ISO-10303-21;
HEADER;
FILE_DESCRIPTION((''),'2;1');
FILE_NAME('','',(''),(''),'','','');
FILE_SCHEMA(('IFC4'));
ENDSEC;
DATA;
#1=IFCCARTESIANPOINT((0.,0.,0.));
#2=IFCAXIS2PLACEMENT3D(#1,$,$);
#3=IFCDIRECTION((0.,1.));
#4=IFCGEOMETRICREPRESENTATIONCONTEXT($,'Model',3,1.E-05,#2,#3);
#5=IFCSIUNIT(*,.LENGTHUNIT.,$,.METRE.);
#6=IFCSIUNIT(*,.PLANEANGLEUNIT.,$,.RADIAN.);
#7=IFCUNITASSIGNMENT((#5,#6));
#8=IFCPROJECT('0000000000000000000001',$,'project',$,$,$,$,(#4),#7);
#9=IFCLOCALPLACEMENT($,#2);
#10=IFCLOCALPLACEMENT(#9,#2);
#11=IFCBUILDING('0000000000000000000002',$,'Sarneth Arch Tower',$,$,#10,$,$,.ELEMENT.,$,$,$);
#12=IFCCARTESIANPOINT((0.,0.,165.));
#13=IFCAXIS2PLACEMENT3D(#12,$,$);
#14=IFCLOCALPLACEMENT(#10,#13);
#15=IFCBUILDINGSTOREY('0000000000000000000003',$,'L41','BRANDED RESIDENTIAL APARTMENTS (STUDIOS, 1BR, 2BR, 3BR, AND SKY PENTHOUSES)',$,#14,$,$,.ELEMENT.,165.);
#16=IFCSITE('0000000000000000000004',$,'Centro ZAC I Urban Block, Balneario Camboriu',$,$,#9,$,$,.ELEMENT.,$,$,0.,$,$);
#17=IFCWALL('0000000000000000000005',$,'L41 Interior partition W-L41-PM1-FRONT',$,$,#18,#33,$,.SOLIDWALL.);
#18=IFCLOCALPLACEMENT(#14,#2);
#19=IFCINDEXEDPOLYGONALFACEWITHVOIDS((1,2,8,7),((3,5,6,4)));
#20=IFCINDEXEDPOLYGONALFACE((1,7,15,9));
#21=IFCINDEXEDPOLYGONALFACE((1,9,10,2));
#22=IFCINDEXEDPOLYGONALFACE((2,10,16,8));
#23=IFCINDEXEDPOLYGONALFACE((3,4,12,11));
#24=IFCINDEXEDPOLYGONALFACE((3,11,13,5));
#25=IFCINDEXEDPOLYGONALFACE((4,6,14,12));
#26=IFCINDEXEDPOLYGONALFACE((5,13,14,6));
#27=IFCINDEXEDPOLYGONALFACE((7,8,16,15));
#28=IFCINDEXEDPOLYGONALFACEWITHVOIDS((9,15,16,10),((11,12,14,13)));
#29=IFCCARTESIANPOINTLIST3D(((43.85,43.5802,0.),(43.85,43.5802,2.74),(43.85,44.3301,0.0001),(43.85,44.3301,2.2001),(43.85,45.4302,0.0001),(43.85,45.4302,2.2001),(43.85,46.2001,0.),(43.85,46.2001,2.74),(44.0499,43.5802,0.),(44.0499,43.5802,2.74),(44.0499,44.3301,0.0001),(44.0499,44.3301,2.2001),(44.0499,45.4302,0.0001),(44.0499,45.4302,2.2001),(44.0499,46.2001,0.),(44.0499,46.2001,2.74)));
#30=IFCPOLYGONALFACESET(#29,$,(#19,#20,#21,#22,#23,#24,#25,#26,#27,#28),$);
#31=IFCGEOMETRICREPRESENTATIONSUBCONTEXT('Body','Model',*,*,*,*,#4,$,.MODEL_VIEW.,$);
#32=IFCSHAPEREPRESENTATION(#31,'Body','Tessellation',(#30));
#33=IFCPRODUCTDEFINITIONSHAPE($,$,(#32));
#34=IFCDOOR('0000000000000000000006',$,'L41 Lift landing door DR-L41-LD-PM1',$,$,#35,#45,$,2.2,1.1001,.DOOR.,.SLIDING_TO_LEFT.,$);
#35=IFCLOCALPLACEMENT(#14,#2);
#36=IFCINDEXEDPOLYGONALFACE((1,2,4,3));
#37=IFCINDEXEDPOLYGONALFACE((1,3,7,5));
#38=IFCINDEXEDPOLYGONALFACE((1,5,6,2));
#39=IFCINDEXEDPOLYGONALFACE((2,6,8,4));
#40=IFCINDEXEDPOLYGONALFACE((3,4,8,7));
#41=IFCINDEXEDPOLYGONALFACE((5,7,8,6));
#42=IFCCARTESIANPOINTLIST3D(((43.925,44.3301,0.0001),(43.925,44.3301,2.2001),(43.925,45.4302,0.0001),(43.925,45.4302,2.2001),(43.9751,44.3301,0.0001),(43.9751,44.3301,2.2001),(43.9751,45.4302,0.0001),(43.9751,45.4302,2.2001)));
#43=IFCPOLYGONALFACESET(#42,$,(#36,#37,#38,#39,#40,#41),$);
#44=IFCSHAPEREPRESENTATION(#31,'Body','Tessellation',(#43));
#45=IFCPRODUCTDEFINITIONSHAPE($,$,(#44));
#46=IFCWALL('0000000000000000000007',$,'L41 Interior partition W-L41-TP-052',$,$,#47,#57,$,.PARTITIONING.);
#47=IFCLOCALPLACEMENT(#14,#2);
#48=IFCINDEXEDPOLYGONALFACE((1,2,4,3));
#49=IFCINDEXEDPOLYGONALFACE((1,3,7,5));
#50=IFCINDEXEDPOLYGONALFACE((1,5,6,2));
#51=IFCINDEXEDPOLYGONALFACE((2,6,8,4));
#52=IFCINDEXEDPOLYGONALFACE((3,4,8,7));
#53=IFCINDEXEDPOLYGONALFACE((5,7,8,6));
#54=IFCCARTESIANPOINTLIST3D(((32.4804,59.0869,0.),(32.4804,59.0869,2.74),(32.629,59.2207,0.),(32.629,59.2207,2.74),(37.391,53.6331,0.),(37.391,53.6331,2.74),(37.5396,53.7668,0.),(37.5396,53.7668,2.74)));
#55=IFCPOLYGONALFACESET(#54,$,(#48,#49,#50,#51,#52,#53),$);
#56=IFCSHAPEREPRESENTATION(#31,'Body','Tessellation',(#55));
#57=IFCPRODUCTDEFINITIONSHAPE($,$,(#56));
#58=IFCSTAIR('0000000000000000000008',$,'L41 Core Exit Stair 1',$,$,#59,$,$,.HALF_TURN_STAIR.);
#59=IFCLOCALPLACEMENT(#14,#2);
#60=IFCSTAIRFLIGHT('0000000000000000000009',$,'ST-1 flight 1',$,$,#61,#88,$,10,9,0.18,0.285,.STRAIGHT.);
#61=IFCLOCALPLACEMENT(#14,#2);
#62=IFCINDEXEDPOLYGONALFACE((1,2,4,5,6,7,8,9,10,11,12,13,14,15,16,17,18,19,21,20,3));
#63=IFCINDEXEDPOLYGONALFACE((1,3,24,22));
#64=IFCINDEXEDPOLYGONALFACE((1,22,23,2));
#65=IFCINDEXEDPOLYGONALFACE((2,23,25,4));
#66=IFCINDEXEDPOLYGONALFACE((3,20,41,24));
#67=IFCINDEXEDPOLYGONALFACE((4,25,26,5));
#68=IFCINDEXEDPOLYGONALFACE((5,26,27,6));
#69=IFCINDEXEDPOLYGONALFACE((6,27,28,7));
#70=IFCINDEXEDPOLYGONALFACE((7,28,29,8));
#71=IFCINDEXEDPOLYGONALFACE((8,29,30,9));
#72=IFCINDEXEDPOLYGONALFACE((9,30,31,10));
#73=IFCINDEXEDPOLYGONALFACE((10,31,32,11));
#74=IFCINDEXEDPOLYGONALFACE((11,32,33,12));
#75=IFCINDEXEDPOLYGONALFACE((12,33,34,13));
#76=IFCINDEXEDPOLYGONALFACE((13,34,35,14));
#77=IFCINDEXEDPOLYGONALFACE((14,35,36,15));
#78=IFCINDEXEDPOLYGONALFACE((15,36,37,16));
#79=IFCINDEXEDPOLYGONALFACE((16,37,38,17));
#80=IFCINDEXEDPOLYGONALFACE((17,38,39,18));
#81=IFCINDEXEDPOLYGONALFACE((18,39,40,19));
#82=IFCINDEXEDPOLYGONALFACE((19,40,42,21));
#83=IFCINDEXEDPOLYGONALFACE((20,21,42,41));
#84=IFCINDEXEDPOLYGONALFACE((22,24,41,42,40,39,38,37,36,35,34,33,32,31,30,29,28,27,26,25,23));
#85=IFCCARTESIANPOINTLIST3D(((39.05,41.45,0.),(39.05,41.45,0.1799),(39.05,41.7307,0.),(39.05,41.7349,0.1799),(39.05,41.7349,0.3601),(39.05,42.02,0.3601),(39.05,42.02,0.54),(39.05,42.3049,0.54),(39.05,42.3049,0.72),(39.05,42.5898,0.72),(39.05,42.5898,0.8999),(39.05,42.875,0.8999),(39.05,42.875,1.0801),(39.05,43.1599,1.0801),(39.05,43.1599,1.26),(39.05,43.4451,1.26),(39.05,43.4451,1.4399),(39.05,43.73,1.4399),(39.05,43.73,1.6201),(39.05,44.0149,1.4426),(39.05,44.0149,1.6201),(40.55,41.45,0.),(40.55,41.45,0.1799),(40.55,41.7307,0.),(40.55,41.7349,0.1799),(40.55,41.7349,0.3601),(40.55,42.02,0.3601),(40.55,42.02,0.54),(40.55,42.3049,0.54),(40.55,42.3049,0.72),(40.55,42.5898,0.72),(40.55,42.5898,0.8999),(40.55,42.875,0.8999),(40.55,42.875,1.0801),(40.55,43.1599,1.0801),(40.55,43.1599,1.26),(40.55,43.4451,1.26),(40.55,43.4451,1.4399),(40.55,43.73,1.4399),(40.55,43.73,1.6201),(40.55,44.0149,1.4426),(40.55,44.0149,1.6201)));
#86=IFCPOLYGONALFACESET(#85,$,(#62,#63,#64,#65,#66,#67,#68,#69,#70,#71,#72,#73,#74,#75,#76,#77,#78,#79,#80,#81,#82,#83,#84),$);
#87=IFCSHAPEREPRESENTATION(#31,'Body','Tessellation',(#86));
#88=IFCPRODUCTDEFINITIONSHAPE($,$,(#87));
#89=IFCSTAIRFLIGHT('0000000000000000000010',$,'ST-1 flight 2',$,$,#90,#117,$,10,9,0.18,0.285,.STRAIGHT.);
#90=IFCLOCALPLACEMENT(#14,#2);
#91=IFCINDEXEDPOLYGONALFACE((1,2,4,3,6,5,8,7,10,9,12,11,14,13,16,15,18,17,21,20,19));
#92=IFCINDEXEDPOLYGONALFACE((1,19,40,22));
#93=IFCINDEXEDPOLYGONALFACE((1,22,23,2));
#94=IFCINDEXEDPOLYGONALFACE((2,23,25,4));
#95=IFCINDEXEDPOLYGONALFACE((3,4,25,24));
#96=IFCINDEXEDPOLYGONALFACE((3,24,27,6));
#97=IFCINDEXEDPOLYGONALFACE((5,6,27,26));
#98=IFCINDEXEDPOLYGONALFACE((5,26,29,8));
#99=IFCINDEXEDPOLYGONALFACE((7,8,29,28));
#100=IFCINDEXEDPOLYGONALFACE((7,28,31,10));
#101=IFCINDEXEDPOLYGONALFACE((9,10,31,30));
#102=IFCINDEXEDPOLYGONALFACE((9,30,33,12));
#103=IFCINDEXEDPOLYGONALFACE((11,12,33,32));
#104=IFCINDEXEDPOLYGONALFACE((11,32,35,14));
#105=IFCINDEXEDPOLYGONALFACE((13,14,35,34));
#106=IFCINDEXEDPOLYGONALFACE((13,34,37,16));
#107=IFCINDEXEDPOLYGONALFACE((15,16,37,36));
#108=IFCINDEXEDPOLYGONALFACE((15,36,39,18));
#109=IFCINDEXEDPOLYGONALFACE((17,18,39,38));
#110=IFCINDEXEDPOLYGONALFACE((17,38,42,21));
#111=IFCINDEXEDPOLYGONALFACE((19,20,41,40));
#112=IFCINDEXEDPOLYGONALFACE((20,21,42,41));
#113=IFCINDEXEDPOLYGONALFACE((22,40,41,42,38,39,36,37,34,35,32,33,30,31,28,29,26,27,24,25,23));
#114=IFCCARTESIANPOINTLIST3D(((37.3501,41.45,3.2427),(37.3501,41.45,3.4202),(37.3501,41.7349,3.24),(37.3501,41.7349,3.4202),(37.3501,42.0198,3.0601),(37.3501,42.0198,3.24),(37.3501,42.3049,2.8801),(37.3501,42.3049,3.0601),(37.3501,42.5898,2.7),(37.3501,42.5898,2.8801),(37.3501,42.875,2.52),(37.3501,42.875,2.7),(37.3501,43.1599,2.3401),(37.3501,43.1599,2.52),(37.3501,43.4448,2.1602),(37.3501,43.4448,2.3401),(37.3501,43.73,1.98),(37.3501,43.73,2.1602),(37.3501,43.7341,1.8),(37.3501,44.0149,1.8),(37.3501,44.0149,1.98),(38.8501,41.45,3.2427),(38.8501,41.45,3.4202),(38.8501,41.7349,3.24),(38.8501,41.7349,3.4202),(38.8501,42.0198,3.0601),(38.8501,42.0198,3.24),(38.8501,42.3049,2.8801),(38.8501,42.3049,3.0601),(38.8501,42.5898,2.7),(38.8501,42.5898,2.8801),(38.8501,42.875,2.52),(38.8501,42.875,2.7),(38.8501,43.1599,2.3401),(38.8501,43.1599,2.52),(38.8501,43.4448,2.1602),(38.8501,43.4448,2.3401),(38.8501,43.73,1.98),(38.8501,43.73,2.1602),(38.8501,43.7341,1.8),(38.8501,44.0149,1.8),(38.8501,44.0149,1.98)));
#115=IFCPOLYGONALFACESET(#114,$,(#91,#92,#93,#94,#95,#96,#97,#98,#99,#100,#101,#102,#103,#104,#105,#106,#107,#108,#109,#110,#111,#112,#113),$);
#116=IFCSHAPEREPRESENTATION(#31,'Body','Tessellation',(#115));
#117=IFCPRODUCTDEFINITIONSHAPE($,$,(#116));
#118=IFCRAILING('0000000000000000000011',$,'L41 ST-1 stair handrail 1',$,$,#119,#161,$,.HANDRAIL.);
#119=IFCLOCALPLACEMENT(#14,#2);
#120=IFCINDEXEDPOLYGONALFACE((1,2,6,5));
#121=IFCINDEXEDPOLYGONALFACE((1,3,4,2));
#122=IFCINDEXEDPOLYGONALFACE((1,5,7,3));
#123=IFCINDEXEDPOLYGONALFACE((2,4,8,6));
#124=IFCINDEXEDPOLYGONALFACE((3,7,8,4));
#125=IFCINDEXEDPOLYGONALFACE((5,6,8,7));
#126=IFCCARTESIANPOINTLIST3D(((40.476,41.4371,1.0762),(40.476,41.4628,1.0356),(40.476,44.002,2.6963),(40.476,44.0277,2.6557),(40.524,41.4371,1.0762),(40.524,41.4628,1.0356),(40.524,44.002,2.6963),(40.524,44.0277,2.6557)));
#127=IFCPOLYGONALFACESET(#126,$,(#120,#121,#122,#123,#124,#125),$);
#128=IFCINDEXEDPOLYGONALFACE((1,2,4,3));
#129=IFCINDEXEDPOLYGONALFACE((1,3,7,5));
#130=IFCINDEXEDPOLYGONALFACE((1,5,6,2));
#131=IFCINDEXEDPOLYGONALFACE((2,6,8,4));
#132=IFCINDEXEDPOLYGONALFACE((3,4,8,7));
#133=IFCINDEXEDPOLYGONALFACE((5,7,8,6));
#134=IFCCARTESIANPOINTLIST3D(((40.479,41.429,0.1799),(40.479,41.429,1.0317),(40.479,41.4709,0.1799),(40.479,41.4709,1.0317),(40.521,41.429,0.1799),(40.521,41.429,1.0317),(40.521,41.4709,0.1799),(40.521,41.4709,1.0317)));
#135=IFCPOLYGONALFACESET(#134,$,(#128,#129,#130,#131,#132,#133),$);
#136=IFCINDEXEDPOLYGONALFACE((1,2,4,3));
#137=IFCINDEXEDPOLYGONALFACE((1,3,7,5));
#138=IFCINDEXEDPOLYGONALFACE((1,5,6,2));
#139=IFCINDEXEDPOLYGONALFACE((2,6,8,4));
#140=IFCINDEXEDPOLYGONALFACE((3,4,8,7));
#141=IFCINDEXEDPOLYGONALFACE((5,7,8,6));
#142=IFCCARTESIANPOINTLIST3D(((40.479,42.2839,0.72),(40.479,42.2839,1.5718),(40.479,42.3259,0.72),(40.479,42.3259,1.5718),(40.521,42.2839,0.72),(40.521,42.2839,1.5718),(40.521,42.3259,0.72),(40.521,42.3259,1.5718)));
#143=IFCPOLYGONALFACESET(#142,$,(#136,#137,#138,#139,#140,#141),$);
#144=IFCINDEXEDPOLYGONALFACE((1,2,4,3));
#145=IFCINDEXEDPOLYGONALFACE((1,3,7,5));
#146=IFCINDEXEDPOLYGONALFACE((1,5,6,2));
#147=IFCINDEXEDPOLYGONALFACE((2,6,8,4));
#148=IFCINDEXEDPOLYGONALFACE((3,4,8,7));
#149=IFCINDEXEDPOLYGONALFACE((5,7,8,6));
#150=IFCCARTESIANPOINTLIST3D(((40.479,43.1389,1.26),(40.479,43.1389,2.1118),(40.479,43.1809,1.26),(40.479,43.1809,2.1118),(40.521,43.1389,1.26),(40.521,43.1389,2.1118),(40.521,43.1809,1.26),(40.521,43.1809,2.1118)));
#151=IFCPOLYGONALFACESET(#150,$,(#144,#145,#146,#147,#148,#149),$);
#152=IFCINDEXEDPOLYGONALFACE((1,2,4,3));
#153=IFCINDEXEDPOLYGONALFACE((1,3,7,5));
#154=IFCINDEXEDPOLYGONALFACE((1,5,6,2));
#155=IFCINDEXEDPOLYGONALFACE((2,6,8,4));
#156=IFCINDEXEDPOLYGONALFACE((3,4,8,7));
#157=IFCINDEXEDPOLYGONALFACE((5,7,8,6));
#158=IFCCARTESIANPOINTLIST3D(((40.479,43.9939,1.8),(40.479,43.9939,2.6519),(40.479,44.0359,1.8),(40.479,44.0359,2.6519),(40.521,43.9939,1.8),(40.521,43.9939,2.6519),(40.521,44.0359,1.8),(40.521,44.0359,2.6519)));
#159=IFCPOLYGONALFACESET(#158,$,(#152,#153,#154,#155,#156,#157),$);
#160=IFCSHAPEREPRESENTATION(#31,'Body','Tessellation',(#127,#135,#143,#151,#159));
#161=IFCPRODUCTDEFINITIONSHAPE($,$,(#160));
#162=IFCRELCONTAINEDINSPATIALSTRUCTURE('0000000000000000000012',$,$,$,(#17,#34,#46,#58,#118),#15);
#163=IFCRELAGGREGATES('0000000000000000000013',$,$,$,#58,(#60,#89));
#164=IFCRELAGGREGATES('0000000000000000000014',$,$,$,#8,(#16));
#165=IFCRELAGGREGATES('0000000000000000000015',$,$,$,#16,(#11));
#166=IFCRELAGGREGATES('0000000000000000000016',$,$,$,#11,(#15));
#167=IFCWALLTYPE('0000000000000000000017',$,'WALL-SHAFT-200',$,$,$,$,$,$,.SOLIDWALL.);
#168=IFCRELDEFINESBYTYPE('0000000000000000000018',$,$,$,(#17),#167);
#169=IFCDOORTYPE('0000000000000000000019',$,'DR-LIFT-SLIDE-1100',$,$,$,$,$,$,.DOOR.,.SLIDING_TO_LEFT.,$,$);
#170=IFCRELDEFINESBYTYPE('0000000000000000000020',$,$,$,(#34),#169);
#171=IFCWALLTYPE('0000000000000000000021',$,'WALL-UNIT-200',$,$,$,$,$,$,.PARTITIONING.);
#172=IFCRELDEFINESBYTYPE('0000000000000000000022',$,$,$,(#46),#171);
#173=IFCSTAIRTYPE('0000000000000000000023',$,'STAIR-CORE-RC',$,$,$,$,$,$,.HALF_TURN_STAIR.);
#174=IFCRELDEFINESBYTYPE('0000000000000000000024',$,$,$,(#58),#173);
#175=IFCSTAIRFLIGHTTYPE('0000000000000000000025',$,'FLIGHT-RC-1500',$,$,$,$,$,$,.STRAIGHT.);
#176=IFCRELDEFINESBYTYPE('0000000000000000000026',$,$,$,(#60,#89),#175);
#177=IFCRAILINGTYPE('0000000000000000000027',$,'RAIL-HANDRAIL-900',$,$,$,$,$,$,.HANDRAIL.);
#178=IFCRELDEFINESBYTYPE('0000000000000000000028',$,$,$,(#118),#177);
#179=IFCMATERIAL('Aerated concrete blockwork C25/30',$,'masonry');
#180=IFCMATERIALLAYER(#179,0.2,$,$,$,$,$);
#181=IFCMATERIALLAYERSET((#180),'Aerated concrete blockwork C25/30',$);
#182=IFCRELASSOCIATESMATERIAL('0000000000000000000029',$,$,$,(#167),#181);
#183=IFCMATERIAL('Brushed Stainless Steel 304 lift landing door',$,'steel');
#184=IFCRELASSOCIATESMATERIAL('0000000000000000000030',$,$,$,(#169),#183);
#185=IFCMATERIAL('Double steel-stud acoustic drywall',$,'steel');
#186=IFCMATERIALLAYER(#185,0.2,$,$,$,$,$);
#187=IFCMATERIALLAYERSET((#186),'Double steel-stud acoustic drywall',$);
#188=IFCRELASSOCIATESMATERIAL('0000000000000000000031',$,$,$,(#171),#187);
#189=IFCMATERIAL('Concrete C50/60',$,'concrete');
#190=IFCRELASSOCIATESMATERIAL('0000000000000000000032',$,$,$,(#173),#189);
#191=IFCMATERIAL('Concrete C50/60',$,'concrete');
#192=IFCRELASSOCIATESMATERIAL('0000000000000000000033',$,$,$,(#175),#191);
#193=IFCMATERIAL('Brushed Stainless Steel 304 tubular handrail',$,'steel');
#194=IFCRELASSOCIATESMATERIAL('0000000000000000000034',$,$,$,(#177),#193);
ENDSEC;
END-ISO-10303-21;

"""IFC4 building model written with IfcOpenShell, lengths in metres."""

from ifc_helpers import new_model, si_unit, direction, frame, frame_2d, origin, origin_2d, place, context, subcontext, project, spatial, polyline, rectangle, outline, extrude, material, layer, layer_set, type_object, element, fill, aggregate, save


model = new_model("IFC4")

# Units and contexts
model_context = context("Model", 3, precision=1e-05, world=origin(), true_north=direction((0.0, 1.0)))
body_context = subcontext(model_context, "Body", "Model", "MODEL_VIEW")
ifc_project = project(units=[si_unit("LENGTHUNIT", "METRE"), si_unit("PLANEANGLEUNIT", "RADIAN")], contexts=[model_context])

# Site, building, storey
site_placement = place(None, origin())
site = spatial("IfcSite", under=ifc_project, at=site_placement, Name="Centro ZAC I Urban Block, Balneario Camboriu", CompositionType="ELEMENT", RefElevation=0.0)
building_placement = place(site_placement, origin())
building = spatial("IfcBuilding", under=site, at=building_placement, Name="Sarneth Arch Tower", CompositionType="ELEMENT")
storey_placement = place(building_placement, frame((0.0, 0.0, 165.0)))
storey = spatial("IfcBuildingStorey", under=building, at=storey_placement, Name="L41", Description="BRANDED RESIDENTIAL APARTMENTS (STUDIOS, 1BR, 2BR, 3BR, AND SKY PENTHOUSES)", CompositionType="ELEMENT", Elevation=165.0)

# Shared definitions
ifc_material_1 = material(Name="Aerated concrete blockwork C25/30", Category="masonry")
ifc_layer_1 = layer(ifc_material_1, 0.2)
ifc_layer_set_1 = layer_set([ifc_layer_1], Name="Aerated concrete blockwork C25/30")
wall_type_1 = type_object("IfcWallType", Name="WALL-SHAFT-200", PredefinedType="SOLIDWALL", material=ifc_layer_set_1)

# Wall, opening, door
wall_1_placement = place(storey_placement, frame((43.95, 43.5801, 0.0), z_axis=(0.0, 0.0, 1.0), x_axis=(0.0, 1.0, 0.0)))
wall_1 = element("IfcWall", 1, at=wall_1_placement, inside=storey, type_object=wall_type_1, Name="L41 Interior partition W-L41-PM1-FRONT", PredefinedType="SOLIDWALL", context=body_context, shape_type="SweptSolid", body=[
    extrude(rectangle(XDim=2.6199, YDim=0.2, at=frame_2d((1.3101, 0.0))), origin(), (0.0, 0.0, 1.0), 2.74),
])
opening_1_placement = place(wall_1_placement, frame((0.75, 0.0, 0.0)))
opening_1 = element("IfcOpeningElement", 2, at=opening_1_placement, cuts=wall_1, PredefinedType="OPENING", context=body_context, shape_type="SweptSolid", body=[
    extrude(rectangle(XDim=1.1001, YDim=2.2, at=frame_2d((0.55, 1.1001))), frame((0.0, 0.1099, 0.0), z_axis=(0.0, -1.0, 0.0), x_axis=(1.0, 0.0, 0.0)), (0.0, 0.0, 1.0), 0.22),
])
ifc_material_2 = material(Name="Brushed Stainless Steel 304 lift landing door", Category="steel")
door_type_1 = type_object("IfcDoorType", Name="DR-LIFT-SLIDE-1100", OperationType="SLIDING_TO_LEFT", PredefinedType="DOOR", material=ifc_material_2)
door_1_placement = place(opening_1_placement, origin())
door_1 = element("IfcDoor", 3, at=door_1_placement, inside=storey, type_object=door_type_1, Name="L41 Lift landing door DR-L41-LD-PM1", OperationType="SLIDING_TO_LEFT", OverallHeight=2.2, OverallWidth=1.1001, PredefinedType="DOOR", context=body_context, shape_type="SweptSolid", body=[
    extrude(rectangle(XDim=1.1001, YDim=2.2, at=frame_2d((0.55, 1.1001))), frame((0.0, 0.0249, 0.0), z_axis=(0.0, -1.0, 0.0), x_axis=(1.0, 0.0, 0.0)), (0.0, 0.0, 1.0), 0.05),
])
fill(opening_1, door_1)

# Wall
ifc_material_3 = material(Name="Double steel-stud acoustic drywall", Category="steel")
ifc_layer_2 = layer(ifc_material_3, 0.2)
ifc_layer_set_2 = layer_set([ifc_layer_2], Name="Double steel-stud acoustic drywall")
wall_type_2 = type_object("IfcWallType", Name="WALL-UNIT-200", PredefinedType="PARTITIONING", material=ifc_layer_set_2)
wall_2_placement = place(storey_placement, frame((37.4653, 53.7, 0.0), z_axis=(0.0, 0.0, 1.0), x_axis=(-0.669128, 0.743147, 0.0)))
element("IfcWall", 4, at=wall_2_placement, inside=storey, type_object=wall_type_2, Name="L41 Interior partition W-L41-TP-052", PredefinedType="PARTITIONING", context=body_context, shape_type="SweptSolid", body=[
    extrude(rectangle(XDim=7.3389, YDim=0.2, at=frame_2d((3.6694, 0.0))), origin(), (0.0, 0.0, 1.0), 2.74),
])

# Stair, stair flights
ifc_material_4 = material(Name="Concrete C50/60", Category="concrete")
stair_type = type_object("IfcStairType", Name="STAIR-CORE-RC", PredefinedType="HALF_TURN_STAIR", material=ifc_material_4)
stair_placement = place(storey_placement, origin())
stair = element("IfcStair", 5, at=stair_placement, inside=storey, type_object=stair_type, Name="L41 Core Exit Stair 1", PredefinedType="HALF_TURN_STAIR")
ifc_material_5 = material(Name="Concrete C50/60", Category="concrete")
stair_flight_type = type_object("IfcStairFlightType", Name="FLIGHT-RC-1500", PredefinedType="STRAIGHT", material=ifc_material_5)
stair_flight_1_placement = place(storey_placement, frame((39.8, 41.45, 0.0), z_axis=(0.0, 0.0, 1.0), x_axis=(0.0, 1.0, 0.0)))
stair_flight_1 = element("IfcStairFlight", 6, at=stair_flight_1_placement, type_object=stair_flight_type, Name="ST-1 flight 1", NumberOfRisers=10, NumberOfTreads=9, PredefinedType="STRAIGHT", RiserHeight=0.18, TreadLength=0.285, context=body_context, shape_type="SweptSolid", body=[
    extrude(outline(polyline([(0.0, 0.0), (0.0, 0.1799), (0.2849, 0.1799), (0.2849, 0.3601), (0.5701, 0.3601), (0.5701, 0.54), (0.855, 0.54), (0.855, 0.72), (1.1399, 0.72), (1.1399, 0.8999), (1.425, 0.8999), (1.425, 1.0801), (1.71, 1.0801), (1.71, 1.26), (1.9951, 1.26), (1.9951, 1.4399), (2.28, 1.4399), (2.28, 1.6201), (2.5649, 1.6201), (2.5649, 1.8), (2.5649, 1.4426), (0.2808, 0.0), (0.0, 0.0)])), frame((0.0, 0.75, 0.0), z_axis=(0.0, -1.0, 0.0), x_axis=(1.0, 0.0, 0.0)), (0.0, 0.0, 1.0), 1.5),
])
stair_flight_2_placement = place(storey_placement, frame((38.1001, 44.0149, 1.8), z_axis=(0.0, 0.0, 1.0), x_axis=(0.0, -1.0, 0.0)))
stair_flight_2 = element("IfcStairFlight", 7, at=stair_flight_2_placement, type_object=stair_flight_type, Name="ST-1 flight 2", NumberOfRisers=10, NumberOfTreads=9, PredefinedType="STRAIGHT", RiserHeight=0.18, TreadLength=0.285, context=body_context, shape_type="SweptSolid", body=[
    extrude(outline(polyline([(0.0, 0.0), (0.0, 0.1799), (0.2849, 0.1799), (0.2849, 0.3601), (0.5701, 0.3601), (0.5701, 0.54), (0.855, 0.54), (0.855, 0.72), (1.1399, 0.72), (1.1399, 0.8999), (1.425, 0.8999), (1.425, 1.0801), (1.71, 1.0801), (1.71, 1.26), (1.9951, 1.26), (1.9951, 1.4399), (2.28, 1.4399), (2.28, 1.6201), (2.5649, 1.6201), (2.5649, 1.8), (2.5649, 1.4426), (0.2808, 0.0), (0.0, 0.0)])), frame((0.0, 0.75, 0.0), z_axis=(0.0, -1.0, 0.0), x_axis=(1.0, 0.0, 0.0)), (0.0, 0.0, 1.0), 1.5),
])
aggregate(stair, [stair_flight_1, stair_flight_2])

# Railing
ifc_material_6 = material(Name="Brushed Stainless Steel 304 tubular handrail", Category="steel")
railing_type_1 = type_object("IfcRailingType", Name="RAIL-HANDRAIL-900", PredefinedType="HANDRAIL", material=ifc_material_6)
railing_1_placement = place(storey_placement, frame((40.5, 41.45, 0.1799)))
element("IfcRailing", 8, at=railing_1_placement, inside=storey, type_object=railing_type_1, Name="L41 ST-1 stair handrail 1", PredefinedType="HANDRAIL", context=body_context, shape_type="SweptSolid", body=[
    extrude(rectangle(XDim=0.0481, YDim=0.0481, at=origin_2d()), frame((0.0, 0.0, 0.876), z_axis=(0.0, 0.845466, 0.534029), x_axis=(-1.0, 0.0, 0.0)), (0.0, 0.0, 1.0), 3.0337),
    extrude(rectangle(XDim=0.042, YDim=0.042, at=origin_2d()), origin(), (0.0, 0.0, 1.0), 0.8518),
    extrude(rectangle(XDim=0.042, YDim=0.042, at=origin_2d()), frame((0.0, 0.855, 0.54)), (0.0, 0.0, 1.0), 0.8518),
    extrude(rectangle(XDim=0.042, YDim=0.042, at=origin_2d()), frame((0.0, 1.71, 1.0801)), (0.0, 0.0, 1.0), 0.8518),
    extrude(rectangle(XDim=0.042, YDim=0.042, at=origin_2d()), frame((0.0, 2.5649, 1.6201)), (0.0, 0.0, 1.0), 0.8518),
])

save(model, "model.ifc")
